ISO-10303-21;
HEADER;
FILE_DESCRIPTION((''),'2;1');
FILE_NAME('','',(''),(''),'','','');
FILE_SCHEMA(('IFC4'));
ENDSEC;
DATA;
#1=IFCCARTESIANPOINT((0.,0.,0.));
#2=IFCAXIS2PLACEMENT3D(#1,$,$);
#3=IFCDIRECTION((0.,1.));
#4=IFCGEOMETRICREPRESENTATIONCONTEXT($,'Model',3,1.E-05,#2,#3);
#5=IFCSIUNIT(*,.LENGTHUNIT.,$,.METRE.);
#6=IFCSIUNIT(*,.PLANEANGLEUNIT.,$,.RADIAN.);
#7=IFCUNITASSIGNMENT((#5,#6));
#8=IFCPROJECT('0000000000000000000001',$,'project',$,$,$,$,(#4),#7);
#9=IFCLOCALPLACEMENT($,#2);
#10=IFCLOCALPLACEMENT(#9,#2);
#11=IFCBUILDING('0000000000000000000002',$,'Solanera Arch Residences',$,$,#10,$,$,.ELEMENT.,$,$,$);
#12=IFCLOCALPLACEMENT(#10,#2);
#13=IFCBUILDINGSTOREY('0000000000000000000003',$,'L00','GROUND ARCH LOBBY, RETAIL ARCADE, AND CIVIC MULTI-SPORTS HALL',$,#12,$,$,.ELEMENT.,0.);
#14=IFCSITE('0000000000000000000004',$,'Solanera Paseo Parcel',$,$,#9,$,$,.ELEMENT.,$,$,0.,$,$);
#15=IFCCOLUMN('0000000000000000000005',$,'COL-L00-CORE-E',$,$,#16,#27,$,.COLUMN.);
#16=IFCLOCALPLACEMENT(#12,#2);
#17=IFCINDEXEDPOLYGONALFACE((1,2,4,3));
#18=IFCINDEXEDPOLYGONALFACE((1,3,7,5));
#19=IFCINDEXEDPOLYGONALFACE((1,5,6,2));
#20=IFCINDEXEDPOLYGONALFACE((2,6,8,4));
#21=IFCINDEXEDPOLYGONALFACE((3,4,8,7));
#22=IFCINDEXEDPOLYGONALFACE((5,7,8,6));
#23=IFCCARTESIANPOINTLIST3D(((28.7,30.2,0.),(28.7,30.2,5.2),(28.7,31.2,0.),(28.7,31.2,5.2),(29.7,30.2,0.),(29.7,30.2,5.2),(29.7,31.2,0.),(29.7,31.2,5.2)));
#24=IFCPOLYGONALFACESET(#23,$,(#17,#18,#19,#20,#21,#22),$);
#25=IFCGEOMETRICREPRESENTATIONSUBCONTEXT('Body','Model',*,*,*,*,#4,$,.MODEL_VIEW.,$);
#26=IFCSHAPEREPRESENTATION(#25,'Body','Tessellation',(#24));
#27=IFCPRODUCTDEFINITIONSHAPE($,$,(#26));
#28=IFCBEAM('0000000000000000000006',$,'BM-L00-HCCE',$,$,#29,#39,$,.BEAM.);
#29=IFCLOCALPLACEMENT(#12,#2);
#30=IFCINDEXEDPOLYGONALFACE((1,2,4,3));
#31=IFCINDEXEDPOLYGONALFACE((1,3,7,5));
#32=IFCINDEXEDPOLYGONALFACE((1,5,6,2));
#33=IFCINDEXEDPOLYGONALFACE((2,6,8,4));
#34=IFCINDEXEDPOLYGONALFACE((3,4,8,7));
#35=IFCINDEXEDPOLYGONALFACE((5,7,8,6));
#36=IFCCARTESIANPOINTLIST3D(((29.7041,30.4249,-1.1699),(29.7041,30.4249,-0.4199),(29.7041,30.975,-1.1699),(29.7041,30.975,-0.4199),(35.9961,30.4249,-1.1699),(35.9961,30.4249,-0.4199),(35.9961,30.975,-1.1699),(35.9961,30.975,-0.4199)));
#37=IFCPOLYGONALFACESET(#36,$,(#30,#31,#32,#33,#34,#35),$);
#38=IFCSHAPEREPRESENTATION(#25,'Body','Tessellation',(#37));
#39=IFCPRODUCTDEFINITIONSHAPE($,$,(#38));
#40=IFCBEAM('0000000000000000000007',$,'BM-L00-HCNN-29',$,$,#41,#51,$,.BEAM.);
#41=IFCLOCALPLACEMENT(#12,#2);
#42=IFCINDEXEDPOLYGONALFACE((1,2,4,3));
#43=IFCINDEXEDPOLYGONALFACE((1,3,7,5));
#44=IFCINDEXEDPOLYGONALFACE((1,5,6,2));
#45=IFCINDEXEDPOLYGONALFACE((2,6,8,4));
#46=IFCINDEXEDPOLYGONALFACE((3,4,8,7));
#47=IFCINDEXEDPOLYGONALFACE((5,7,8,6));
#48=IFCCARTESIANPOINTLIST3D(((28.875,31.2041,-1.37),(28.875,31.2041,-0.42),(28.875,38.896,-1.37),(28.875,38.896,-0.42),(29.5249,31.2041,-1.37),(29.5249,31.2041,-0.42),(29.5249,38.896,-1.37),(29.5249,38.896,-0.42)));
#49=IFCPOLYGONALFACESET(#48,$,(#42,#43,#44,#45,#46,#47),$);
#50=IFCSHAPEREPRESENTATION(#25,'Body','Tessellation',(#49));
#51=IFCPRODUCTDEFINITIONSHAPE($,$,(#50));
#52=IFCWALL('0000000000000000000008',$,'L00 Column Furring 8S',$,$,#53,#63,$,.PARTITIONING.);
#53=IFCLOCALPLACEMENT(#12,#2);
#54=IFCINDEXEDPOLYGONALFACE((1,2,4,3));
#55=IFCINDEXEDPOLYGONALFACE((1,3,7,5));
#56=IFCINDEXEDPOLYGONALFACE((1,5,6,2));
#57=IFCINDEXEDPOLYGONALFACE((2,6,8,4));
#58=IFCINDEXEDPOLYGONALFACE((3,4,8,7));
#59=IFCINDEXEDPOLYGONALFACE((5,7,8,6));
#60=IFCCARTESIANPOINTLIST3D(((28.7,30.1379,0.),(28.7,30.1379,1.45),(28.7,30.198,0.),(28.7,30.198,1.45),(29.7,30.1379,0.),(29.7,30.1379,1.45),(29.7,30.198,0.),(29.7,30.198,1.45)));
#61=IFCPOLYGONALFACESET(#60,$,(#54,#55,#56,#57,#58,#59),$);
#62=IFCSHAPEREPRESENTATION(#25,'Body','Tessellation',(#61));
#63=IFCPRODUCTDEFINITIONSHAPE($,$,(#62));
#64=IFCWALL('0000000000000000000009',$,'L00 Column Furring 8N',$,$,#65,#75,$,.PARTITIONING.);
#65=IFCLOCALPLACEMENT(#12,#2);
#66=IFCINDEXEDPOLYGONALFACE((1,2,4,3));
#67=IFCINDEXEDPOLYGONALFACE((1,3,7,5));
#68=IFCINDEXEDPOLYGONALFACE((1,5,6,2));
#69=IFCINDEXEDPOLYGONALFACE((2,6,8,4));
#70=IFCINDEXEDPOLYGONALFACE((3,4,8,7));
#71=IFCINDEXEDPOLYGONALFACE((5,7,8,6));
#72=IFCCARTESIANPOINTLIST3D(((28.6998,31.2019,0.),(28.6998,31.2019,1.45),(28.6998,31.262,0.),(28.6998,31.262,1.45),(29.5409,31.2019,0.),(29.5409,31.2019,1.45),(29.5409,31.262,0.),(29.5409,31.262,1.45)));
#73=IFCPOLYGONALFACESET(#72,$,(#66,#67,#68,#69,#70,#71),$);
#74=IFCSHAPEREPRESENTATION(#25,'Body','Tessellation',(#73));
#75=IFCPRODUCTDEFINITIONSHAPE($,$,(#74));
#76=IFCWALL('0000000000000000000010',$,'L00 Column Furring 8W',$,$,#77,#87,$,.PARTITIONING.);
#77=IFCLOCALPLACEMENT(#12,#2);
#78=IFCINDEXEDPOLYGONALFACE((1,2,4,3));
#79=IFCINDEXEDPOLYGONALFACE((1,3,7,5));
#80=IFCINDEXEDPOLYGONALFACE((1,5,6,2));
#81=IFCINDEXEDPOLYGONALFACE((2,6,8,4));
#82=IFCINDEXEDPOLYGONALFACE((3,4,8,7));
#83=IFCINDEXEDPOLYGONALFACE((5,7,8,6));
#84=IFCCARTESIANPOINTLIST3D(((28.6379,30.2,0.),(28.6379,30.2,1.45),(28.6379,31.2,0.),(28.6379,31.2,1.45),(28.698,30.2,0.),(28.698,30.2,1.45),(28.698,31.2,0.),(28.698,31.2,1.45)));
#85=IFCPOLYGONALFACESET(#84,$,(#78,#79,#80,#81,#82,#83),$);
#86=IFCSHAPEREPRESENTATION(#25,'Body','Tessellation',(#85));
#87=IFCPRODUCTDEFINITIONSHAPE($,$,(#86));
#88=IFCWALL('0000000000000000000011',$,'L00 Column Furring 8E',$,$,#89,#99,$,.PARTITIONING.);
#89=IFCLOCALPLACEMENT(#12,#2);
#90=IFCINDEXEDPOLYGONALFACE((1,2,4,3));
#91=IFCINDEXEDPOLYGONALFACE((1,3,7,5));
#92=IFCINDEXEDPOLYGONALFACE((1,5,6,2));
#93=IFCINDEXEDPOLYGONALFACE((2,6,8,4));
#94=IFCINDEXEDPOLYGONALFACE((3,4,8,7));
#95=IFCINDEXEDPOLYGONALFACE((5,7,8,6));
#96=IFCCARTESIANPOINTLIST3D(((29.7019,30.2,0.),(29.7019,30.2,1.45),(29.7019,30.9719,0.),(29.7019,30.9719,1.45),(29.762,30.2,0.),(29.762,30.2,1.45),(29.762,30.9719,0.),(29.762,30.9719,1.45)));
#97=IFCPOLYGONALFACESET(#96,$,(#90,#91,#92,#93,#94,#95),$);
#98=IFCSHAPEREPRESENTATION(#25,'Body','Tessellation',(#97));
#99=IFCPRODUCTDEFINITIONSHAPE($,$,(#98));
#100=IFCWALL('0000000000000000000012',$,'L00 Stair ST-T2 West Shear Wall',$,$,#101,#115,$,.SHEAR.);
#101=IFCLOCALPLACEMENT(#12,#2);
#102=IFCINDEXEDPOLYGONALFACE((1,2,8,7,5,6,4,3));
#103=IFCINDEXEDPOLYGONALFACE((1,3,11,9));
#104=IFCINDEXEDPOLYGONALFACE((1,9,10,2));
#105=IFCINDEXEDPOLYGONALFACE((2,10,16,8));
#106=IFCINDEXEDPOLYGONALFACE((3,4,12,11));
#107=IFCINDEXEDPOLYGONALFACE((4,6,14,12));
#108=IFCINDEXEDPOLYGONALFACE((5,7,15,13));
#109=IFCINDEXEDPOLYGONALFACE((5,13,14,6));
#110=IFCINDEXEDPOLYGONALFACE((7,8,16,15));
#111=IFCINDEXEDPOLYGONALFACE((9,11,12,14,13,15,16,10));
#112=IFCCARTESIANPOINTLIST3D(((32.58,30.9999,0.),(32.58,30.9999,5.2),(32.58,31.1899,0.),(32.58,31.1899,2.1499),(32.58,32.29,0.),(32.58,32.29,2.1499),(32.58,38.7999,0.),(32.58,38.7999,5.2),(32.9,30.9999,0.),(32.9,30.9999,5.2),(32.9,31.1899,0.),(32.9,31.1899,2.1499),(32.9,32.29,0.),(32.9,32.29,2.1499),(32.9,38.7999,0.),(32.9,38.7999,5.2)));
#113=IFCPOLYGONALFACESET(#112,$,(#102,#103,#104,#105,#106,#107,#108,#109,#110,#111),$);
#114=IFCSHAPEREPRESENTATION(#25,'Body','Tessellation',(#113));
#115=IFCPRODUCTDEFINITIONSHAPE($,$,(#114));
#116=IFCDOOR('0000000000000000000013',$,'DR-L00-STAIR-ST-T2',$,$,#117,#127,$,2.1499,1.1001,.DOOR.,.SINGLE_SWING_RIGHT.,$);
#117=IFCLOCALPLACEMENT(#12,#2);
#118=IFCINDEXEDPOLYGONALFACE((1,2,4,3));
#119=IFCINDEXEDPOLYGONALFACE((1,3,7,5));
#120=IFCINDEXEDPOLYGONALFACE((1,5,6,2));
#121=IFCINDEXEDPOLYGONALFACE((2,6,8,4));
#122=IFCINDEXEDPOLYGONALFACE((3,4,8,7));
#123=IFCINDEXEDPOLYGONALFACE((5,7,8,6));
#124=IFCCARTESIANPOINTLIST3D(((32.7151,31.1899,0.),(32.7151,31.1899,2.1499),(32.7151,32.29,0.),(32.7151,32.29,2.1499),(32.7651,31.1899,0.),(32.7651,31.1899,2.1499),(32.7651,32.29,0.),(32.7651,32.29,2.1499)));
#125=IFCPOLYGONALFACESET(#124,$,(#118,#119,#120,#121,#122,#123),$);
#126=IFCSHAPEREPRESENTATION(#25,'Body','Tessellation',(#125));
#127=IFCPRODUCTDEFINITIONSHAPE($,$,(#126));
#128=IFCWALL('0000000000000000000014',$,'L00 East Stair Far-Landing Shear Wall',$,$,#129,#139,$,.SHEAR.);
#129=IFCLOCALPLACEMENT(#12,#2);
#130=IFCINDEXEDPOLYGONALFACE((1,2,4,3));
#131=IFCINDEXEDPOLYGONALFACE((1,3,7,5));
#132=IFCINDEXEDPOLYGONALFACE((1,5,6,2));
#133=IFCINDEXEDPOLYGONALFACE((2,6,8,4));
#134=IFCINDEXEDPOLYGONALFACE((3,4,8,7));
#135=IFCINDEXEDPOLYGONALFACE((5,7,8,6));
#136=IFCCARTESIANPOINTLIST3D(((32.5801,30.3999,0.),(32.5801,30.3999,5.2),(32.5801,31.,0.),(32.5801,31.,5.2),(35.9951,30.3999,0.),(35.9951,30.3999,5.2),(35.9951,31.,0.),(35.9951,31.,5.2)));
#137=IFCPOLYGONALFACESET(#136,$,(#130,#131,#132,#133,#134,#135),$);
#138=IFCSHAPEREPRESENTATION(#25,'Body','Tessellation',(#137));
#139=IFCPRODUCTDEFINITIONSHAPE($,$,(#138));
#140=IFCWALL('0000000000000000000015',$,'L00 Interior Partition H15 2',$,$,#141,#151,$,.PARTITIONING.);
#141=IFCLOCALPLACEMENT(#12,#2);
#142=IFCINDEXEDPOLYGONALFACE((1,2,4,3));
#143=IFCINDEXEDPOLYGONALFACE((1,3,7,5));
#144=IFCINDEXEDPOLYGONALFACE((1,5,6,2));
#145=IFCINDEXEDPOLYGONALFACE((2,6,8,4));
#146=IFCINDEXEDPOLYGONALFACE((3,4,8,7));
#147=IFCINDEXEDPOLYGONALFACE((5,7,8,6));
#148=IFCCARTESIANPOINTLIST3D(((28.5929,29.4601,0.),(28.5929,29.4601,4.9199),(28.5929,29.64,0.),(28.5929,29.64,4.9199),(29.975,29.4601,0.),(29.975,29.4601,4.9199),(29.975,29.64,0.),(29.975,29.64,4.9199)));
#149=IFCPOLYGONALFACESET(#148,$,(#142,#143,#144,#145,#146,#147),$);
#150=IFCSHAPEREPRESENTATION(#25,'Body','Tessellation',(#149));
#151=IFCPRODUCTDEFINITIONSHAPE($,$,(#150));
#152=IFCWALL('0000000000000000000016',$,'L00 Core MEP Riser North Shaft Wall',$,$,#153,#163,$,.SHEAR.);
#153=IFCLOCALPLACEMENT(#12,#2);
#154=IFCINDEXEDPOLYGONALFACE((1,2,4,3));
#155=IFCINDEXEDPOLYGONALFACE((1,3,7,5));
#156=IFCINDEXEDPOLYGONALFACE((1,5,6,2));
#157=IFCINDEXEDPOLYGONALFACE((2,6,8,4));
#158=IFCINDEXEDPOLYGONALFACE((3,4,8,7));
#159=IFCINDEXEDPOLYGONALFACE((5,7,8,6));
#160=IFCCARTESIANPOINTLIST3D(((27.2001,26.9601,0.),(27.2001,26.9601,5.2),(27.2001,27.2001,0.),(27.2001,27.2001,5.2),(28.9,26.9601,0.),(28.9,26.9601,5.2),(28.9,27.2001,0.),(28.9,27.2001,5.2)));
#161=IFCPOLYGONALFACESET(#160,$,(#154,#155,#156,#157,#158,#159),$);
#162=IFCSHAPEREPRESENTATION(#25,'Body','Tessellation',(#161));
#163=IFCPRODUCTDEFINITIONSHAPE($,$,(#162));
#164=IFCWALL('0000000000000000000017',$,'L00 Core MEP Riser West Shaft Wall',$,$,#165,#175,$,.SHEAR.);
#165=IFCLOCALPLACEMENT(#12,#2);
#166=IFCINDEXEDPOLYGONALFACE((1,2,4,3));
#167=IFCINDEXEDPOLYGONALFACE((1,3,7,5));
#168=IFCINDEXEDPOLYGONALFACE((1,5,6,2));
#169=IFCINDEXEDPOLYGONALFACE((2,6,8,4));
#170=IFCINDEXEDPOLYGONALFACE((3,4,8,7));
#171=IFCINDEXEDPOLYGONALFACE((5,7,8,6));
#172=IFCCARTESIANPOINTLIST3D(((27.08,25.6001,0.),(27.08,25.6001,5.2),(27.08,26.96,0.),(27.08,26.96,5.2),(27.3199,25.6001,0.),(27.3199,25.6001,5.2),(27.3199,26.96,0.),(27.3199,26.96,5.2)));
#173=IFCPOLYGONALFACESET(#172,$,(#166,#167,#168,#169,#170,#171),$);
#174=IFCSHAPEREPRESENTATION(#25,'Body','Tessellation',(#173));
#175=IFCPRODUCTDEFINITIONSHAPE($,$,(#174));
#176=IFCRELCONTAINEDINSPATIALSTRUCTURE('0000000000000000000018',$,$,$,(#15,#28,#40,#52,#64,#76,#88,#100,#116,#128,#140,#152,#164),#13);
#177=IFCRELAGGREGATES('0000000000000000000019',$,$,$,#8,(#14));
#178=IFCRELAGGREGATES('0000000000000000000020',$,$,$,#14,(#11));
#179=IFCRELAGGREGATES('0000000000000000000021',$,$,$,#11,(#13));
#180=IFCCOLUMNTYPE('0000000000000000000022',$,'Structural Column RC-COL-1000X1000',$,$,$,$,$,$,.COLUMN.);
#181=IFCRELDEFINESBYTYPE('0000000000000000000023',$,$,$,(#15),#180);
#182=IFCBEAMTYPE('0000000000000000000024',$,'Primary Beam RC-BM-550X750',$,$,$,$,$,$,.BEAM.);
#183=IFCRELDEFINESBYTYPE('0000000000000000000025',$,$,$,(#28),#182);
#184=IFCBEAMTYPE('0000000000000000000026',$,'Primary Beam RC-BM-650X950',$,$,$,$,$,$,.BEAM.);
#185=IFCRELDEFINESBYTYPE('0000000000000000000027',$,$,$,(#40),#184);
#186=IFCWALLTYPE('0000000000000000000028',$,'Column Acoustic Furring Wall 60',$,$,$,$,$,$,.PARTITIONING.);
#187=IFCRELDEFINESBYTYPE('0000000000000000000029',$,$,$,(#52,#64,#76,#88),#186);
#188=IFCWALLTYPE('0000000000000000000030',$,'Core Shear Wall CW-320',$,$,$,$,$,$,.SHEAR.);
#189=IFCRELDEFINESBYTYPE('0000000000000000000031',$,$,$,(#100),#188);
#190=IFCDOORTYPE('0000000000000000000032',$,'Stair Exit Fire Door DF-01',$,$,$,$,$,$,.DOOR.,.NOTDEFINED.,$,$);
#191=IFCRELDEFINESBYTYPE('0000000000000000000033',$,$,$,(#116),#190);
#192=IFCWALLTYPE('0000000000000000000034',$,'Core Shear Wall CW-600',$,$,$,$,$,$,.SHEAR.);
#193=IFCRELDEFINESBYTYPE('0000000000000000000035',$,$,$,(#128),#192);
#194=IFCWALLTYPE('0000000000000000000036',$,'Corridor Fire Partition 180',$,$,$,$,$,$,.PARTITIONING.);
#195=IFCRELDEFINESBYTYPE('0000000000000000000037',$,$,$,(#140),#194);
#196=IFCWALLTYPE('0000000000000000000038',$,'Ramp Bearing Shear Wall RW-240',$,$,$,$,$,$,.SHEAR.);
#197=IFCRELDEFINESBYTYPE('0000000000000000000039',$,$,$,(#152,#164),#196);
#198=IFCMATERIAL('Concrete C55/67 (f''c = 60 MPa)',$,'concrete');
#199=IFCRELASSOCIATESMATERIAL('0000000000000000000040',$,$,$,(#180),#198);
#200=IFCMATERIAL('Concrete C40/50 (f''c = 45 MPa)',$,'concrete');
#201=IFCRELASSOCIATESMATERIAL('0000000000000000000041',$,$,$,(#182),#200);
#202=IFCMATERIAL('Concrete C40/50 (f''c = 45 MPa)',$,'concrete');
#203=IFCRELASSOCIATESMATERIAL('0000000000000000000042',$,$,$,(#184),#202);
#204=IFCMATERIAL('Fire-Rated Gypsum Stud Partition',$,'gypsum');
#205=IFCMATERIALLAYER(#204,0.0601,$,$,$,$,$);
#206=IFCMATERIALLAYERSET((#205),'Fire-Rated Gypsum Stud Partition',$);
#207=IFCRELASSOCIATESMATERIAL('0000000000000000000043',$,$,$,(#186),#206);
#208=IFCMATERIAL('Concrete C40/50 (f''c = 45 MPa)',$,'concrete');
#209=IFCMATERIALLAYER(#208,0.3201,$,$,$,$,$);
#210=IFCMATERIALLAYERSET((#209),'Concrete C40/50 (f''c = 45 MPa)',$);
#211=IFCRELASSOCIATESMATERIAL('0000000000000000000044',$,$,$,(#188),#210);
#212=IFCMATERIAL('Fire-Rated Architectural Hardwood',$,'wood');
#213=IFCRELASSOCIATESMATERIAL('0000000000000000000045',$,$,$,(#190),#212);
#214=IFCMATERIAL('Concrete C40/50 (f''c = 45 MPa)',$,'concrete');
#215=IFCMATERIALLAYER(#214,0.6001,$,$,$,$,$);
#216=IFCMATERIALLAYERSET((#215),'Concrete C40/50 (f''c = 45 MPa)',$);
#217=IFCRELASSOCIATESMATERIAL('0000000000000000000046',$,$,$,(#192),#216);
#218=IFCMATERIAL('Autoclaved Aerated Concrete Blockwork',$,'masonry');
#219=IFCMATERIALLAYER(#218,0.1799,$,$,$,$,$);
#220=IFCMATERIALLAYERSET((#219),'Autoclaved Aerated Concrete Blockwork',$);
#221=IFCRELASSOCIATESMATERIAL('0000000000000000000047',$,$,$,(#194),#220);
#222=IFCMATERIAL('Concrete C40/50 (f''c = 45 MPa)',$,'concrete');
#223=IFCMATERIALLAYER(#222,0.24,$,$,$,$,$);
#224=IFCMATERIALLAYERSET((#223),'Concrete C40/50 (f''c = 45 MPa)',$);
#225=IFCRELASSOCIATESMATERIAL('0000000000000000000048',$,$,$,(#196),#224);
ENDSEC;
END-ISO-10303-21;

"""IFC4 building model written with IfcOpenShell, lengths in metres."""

from ifc_helpers import new_model, si_unit, direction, frame, frame_2d, origin, origin_2d, place, context, subcontext, project, spatial, rectangle, extrude, material, layer, layer_set, material_profile, profile_set, type_object, element, fill, save


model = new_model("IFC4")

# Units and contexts
model_context = context("Model", 3, precision=1e-05, world=origin(), true_north=direction((0.0, 1.0)))
body_context = subcontext(model_context, "Body", "Model", "MODEL_VIEW")
ifc_project = project(units=[si_unit("LENGTHUNIT", "METRE"), si_unit("PLANEANGLEUNIT", "RADIAN")], contexts=[model_context])

# Site, building, storey
site_placement = place(None, origin())
site = spatial("IfcSite", under=ifc_project, at=site_placement, Name="Solanera Paseo Parcel", CompositionType="ELEMENT", RefElevation=0.0)
building_placement = place(site_placement, origin())
building = spatial("IfcBuilding", under=site, at=building_placement, Name="Solanera Arch Residences", CompositionType="ELEMENT")
storey_placement = place(building_placement, origin())
storey = spatial("IfcBuildingStorey", under=building, at=storey_placement, Name="L00", Description="GROUND ARCH LOBBY, RETAIL ARCADE, AND CIVIC MULTI-SPORTS HALL", CompositionType="ELEMENT", Elevation=0.0)

# Column
ifc_material_1 = material(Name="Concrete C55/67 (f'c = 60 MPa)", Category="concrete")
ifc_material_profile_1 = material_profile(ifc_material_1, rectangle(XDim=1.0, YDim=1.0, at=origin_2d()))
ifc_profile_set_1 = profile_set([ifc_material_profile_1], Name="Concrete C55/67 (f'c = 60 MPa)")
column_type = type_object("IfcColumnType", Name="Structural Column RC-COL-1000X1000", PredefinedType="COLUMN", material=ifc_profile_set_1)
column_placement = place(storey_placement, frame((29.2, 30.7, 0.0), z_axis=(0.0, 0.0, 1.0), x_axis=(1.0, 0.0, 0.0)))
element("IfcColumn", 1, at=column_placement, inside=storey, type_object=column_type, Name="COL-L00-CORE-E", PredefinedType="COLUMN", context=body_context, shape_type="SweptSolid", body=[
    extrude(rectangle(XDim=1.0, YDim=1.0, at=origin_2d()), origin(), (0.0, 0.0, 1.0), 5.2),
])

# Beams
ifc_material_2 = material(Name="Concrete C40/50 (f'c = 45 MPa)", Category="concrete")
ifc_material_profile_2 = material_profile(ifc_material_2, rectangle(XDim=0.55, YDim=0.75, at=origin_2d()))
ifc_profile_set_2 = profile_set([ifc_material_profile_2], Name="Concrete C40/50 (f'c = 45 MPa)")
beam_type_1 = type_object("IfcBeamType", Name="Primary Beam RC-BM-550X750", PredefinedType="BEAM", material=ifc_profile_set_2)
beam_1_placement = place(storey_placement, frame((29.7041, 30.7, -0.7949), z_axis=(1.0, 0.0, 0.0), x_axis=(0.0, 1.0, 0.0)))
element("IfcBeam", 2, at=beam_1_placement, inside=storey, type_object=beam_type_1, Name="BM-L00-HCCE", PredefinedType="BEAM", context=body_context, shape_type="SweptSolid", body=[
    extrude(rectangle(XDim=0.55, YDim=0.75, at=origin_2d()), origin(), (0.0, 0.0, 1.0), 6.292),
])
ifc_material_3 = material(Name="Concrete C40/50 (f'c = 45 MPa)", Category="concrete")
ifc_material_profile_3 = material_profile(ifc_material_3, rectangle(XDim=0.6499, YDim=0.95, at=origin_2d()))
ifc_profile_set_3 = profile_set([ifc_material_profile_3], Name="Concrete C40/50 (f'c = 45 MPa)")
beam_type_2 = type_object("IfcBeamType", Name="Primary Beam RC-BM-650X950", PredefinedType="BEAM", material=ifc_profile_set_3)
beam_2_placement = place(storey_placement, frame((29.2, 31.2041, -0.895), z_axis=(0.0, 1.0, 0.0), x_axis=(-1.0, 0.0, 0.0)))
element("IfcBeam", 3, at=beam_2_placement, inside=storey, type_object=beam_type_2, Name="BM-L00-HCNN-29", PredefinedType="BEAM", context=body_context, shape_type="SweptSolid", body=[
    extrude(rectangle(XDim=0.6499, YDim=0.95, at=origin_2d()), origin(), (0.0, 0.0, 1.0), 7.6919),
])

# Walls
ifc_material_4 = material(Name="Fire-Rated Gypsum Stud Partition", Category="gypsum")
ifc_layer_1 = layer(ifc_material_4, 0.0601)
ifc_layer_set_1 = layer_set([ifc_layer_1], Name="Fire-Rated Gypsum Stud Partition")
wall_type_1 = type_object("IfcWallType", Name="Column Acoustic Furring Wall 60", PredefinedType="PARTITIONING", material=ifc_layer_set_1)
wall_1_placement = place(storey_placement, frame((28.7, 30.168, 0.0), z_axis=(0.0, 0.0, 1.0), x_axis=(1.0, 0.0, 0.0)))
element("IfcWall", 4, at=wall_1_placement, inside=storey, type_object=wall_type_1, Name="L00 Column Furring 8S", PredefinedType="PARTITIONING", context=body_context, shape_type="SweptSolid", body=[
    extrude(rectangle(XDim=1.0, YDim=0.0601, at=frame_2d((0.5, 0.0))), origin(), (0.0, 0.0, 1.0), 1.45),
])
wall_2_placement = place(storey_placement, frame((28.7, 31.2319, 0.0), z_axis=(0.0, 0.0, 1.0), x_axis=(1.0, 0.0, 0.0)))
element("IfcWall", 5, at=wall_2_placement, inside=storey, type_object=wall_type_1, Name="L00 Column Furring 8N", PredefinedType="PARTITIONING", context=body_context, shape_type="SweptSolid", body=[
    extrude(rectangle(XDim=0.8411, YDim=0.0601, at=frame_2d((0.4204, 0.0))), origin(), (0.0, 0.0, 1.0), 1.45),
])
wall_3_placement = place(storey_placement, frame((28.668, 30.2, 0.0), z_axis=(0.0, 0.0, 1.0), x_axis=(0.0, 1.0, 0.0)))
element("IfcWall", 6, at=wall_3_placement, inside=storey, type_object=wall_type_1, Name="L00 Column Furring 8W", PredefinedType="PARTITIONING", context=body_context, shape_type="SweptSolid", body=[
    extrude(rectangle(XDim=1.0, YDim=0.0601, at=frame_2d((0.5, 0.0))), origin(), (0.0, 0.0, 1.0), 1.45),
])
wall_4_placement = place(storey_placement, frame((29.7319, 30.2, 0.0), z_axis=(0.0, 0.0, 1.0), x_axis=(0.0, 1.0, 0.0)))
element("IfcWall", 7, at=wall_4_placement, inside=storey, type_object=wall_type_1, Name="L00 Column Furring 8E", PredefinedType="PARTITIONING", context=body_context, shape_type="SweptSolid", body=[
    extrude(rectangle(XDim=0.772, YDim=0.0601, at=frame_2d((0.386, 0.0))), origin(), (0.0, 0.0, 1.0), 1.45),
])

# Wall, opening, door
ifc_material_5 = material(Name="Concrete C40/50 (f'c = 45 MPa)", Category="concrete")
ifc_layer_2 = layer(ifc_material_5, 0.3201)
ifc_layer_set_2 = layer_set([ifc_layer_2], Name="Concrete C40/50 (f'c = 45 MPa)")
wall_type_2 = type_object("IfcWallType", Name="Core Shear Wall CW-320", PredefinedType="SHEAR", material=ifc_layer_set_2)
wall_5_placement = place(storey_placement, frame((32.74, 31.0, 0.0), z_axis=(0.0, 0.0, 1.0), x_axis=(0.0, 1.0, 0.0)))
wall_5 = element("IfcWall", 8, at=wall_5_placement, inside=storey, type_object=wall_type_2, Name="L00 Stair ST-T2 West Shear Wall", PredefinedType="SHEAR", context=body_context, shape_type="SweptSolid", body=[
    extrude(rectangle(XDim=7.8, YDim=0.3201, at=frame_2d((3.8999, 0.0))), origin(), (0.0, 0.0, 1.0), 5.2),
])
opening_1_placement = place(wall_5_placement, frame((0.1899, 0.0, 0.0)))
opening_1 = element("IfcOpeningElement", 9, at=opening_1_placement, cuts=wall_5, PredefinedType="OPENING", context=body_context, shape_type="SweptSolid", body=[
    extrude(rectangle(XDim=1.1001, YDim=2.1499, at=frame_2d((0.55, 1.075))), frame((0.0, 0.1699, 0.0), z_axis=(0.0, -1.0, 0.0), x_axis=(1.0, 0.0, 0.0)), (0.0, 0.0, 1.0), 0.3401),
])
ifc_material_6 = material(Name="Fire-Rated Architectural Hardwood", Category="wood")
door_type_1 = type_object("IfcDoorType", Name="Stair Exit Fire Door DF-01", OperationType="NOTDEFINED", PredefinedType="DOOR", material=ifc_material_6)
door_1_placement = place(opening_1_placement, origin())
door_1 = element("IfcDoor", 10, at=door_1_placement, inside=storey, type_object=door_type_1, Name="DR-L00-STAIR-ST-T2", OperationType="SINGLE_SWING_RIGHT", OverallHeight=2.1499, OverallWidth=1.1001, PredefinedType="DOOR", context=body_context, shape_type="SweptSolid", body=[
    extrude(rectangle(XDim=1.1001, YDim=2.1499, at=frame_2d((0.55, 1.075))), frame((0.0, 0.0249, 0.0), z_axis=(0.0, -1.0, 0.0), x_axis=(1.0, 0.0, 0.0)), (0.0, 0.0, 1.0), 0.05),
])
fill(opening_1, door_1)

# Walls
ifc_material_7 = material(Name="Concrete C40/50 (f'c = 45 MPa)", Category="concrete")
ifc_layer_3 = layer(ifc_material_7, 0.6001)
ifc_layer_set_3 = layer_set([ifc_layer_3], Name="Concrete C40/50 (f'c = 45 MPa)")
wall_type_3 = type_object("IfcWallType", Name="Core Shear Wall CW-600", PredefinedType="SHEAR", material=ifc_layer_set_3)
wall_6_placement = place(storey_placement, frame((32.5801, 30.7, 0.0), z_axis=(0.0, 0.0, 1.0), x_axis=(1.0, 0.0, 0.0)))
element("IfcWall", 11, at=wall_6_placement, inside=storey, type_object=wall_type_3, Name="L00 East Stair Far-Landing Shear Wall", PredefinedType="SHEAR", context=body_context, shape_type="SweptSolid", body=[
    extrude(rectangle(XDim=3.415, YDim=0.6001, at=frame_2d((1.7075, 0.0))), origin(), (0.0, 0.0, 1.0), 5.2),
])
ifc_material_8 = material(Name="Autoclaved Aerated Concrete Blockwork", Category="masonry")
ifc_layer_4 = layer(ifc_material_8, 0.1799)
ifc_layer_set_4 = layer_set([ifc_layer_4], Name="Autoclaved Aerated Concrete Blockwork")
wall_type_4 = type_object("IfcWallType", Name="Corridor Fire Partition 180", PredefinedType="PARTITIONING", material=ifc_layer_set_4)
wall_7_placement = place(storey_placement, frame((28.593, 29.55, 0.0), z_axis=(0.0, 0.0, 1.0), x_axis=(1.0, 0.0, 0.0)))
element("IfcWall", 12, at=wall_7_placement, inside=storey, type_object=wall_type_4, Name="L00 Interior Partition H15 2", PredefinedType="PARTITIONING", context=body_context, shape_type="SweptSolid", body=[
    extrude(rectangle(XDim=1.3821, YDim=0.1799, at=frame_2d((0.6909, 0.0))), origin(), (0.0, 0.0, 1.0), 4.9199),
])
ifc_material_9 = material(Name="Concrete C40/50 (f'c = 45 MPa)", Category="concrete")
ifc_layer_5 = layer(ifc_material_9, 0.24)
ifc_layer_set_5 = layer_set([ifc_layer_5], Name="Concrete C40/50 (f'c = 45 MPa)")
wall_type_5 = type_object("IfcWallType", Name="Ramp Bearing Shear Wall RW-240", PredefinedType="SHEAR", material=ifc_layer_set_5)
wall_8_placement = place(storey_placement, frame((27.2, 27.0801, 0.0), z_axis=(0.0, 0.0, 1.0), x_axis=(1.0, 0.0, 0.0)))
element("IfcWall", 13, at=wall_8_placement, inside=storey, type_object=wall_type_5, Name="L00 Core MEP Riser North Shaft Wall", PredefinedType="SHEAR", context=body_context, shape_type="SweptSolid", body=[
    extrude(rectangle(XDim=1.7, YDim=0.24, at=frame_2d((0.8501, 0.0))), origin(), (0.0, 0.0, 1.0), 5.2),
])
for number, where, z_axis, x_axis, name in (
    (14, (27.2, 25.6001, 0.0), (0.0, 0.0, 1.0), (0.0, 1.0, 0.0), "L00 Core MEP Riser West Shaft Wall"),
):
    element("IfcWall", number, at=place(storey_placement, frame(where, z_axis=z_axis, x_axis=x_axis)), inside=storey, type_object=wall_type_5, Name=name, PredefinedType="SHEAR", context=body_context, shape_type="SweptSolid", body=[
        extrude(rectangle(XDim=1.3599, YDim=0.24, at=frame_2d((0.6799, 0.0))), origin(), (0.0, 0.0, 1.0), 5.2),
    ])

save(model, "model.ifc")
